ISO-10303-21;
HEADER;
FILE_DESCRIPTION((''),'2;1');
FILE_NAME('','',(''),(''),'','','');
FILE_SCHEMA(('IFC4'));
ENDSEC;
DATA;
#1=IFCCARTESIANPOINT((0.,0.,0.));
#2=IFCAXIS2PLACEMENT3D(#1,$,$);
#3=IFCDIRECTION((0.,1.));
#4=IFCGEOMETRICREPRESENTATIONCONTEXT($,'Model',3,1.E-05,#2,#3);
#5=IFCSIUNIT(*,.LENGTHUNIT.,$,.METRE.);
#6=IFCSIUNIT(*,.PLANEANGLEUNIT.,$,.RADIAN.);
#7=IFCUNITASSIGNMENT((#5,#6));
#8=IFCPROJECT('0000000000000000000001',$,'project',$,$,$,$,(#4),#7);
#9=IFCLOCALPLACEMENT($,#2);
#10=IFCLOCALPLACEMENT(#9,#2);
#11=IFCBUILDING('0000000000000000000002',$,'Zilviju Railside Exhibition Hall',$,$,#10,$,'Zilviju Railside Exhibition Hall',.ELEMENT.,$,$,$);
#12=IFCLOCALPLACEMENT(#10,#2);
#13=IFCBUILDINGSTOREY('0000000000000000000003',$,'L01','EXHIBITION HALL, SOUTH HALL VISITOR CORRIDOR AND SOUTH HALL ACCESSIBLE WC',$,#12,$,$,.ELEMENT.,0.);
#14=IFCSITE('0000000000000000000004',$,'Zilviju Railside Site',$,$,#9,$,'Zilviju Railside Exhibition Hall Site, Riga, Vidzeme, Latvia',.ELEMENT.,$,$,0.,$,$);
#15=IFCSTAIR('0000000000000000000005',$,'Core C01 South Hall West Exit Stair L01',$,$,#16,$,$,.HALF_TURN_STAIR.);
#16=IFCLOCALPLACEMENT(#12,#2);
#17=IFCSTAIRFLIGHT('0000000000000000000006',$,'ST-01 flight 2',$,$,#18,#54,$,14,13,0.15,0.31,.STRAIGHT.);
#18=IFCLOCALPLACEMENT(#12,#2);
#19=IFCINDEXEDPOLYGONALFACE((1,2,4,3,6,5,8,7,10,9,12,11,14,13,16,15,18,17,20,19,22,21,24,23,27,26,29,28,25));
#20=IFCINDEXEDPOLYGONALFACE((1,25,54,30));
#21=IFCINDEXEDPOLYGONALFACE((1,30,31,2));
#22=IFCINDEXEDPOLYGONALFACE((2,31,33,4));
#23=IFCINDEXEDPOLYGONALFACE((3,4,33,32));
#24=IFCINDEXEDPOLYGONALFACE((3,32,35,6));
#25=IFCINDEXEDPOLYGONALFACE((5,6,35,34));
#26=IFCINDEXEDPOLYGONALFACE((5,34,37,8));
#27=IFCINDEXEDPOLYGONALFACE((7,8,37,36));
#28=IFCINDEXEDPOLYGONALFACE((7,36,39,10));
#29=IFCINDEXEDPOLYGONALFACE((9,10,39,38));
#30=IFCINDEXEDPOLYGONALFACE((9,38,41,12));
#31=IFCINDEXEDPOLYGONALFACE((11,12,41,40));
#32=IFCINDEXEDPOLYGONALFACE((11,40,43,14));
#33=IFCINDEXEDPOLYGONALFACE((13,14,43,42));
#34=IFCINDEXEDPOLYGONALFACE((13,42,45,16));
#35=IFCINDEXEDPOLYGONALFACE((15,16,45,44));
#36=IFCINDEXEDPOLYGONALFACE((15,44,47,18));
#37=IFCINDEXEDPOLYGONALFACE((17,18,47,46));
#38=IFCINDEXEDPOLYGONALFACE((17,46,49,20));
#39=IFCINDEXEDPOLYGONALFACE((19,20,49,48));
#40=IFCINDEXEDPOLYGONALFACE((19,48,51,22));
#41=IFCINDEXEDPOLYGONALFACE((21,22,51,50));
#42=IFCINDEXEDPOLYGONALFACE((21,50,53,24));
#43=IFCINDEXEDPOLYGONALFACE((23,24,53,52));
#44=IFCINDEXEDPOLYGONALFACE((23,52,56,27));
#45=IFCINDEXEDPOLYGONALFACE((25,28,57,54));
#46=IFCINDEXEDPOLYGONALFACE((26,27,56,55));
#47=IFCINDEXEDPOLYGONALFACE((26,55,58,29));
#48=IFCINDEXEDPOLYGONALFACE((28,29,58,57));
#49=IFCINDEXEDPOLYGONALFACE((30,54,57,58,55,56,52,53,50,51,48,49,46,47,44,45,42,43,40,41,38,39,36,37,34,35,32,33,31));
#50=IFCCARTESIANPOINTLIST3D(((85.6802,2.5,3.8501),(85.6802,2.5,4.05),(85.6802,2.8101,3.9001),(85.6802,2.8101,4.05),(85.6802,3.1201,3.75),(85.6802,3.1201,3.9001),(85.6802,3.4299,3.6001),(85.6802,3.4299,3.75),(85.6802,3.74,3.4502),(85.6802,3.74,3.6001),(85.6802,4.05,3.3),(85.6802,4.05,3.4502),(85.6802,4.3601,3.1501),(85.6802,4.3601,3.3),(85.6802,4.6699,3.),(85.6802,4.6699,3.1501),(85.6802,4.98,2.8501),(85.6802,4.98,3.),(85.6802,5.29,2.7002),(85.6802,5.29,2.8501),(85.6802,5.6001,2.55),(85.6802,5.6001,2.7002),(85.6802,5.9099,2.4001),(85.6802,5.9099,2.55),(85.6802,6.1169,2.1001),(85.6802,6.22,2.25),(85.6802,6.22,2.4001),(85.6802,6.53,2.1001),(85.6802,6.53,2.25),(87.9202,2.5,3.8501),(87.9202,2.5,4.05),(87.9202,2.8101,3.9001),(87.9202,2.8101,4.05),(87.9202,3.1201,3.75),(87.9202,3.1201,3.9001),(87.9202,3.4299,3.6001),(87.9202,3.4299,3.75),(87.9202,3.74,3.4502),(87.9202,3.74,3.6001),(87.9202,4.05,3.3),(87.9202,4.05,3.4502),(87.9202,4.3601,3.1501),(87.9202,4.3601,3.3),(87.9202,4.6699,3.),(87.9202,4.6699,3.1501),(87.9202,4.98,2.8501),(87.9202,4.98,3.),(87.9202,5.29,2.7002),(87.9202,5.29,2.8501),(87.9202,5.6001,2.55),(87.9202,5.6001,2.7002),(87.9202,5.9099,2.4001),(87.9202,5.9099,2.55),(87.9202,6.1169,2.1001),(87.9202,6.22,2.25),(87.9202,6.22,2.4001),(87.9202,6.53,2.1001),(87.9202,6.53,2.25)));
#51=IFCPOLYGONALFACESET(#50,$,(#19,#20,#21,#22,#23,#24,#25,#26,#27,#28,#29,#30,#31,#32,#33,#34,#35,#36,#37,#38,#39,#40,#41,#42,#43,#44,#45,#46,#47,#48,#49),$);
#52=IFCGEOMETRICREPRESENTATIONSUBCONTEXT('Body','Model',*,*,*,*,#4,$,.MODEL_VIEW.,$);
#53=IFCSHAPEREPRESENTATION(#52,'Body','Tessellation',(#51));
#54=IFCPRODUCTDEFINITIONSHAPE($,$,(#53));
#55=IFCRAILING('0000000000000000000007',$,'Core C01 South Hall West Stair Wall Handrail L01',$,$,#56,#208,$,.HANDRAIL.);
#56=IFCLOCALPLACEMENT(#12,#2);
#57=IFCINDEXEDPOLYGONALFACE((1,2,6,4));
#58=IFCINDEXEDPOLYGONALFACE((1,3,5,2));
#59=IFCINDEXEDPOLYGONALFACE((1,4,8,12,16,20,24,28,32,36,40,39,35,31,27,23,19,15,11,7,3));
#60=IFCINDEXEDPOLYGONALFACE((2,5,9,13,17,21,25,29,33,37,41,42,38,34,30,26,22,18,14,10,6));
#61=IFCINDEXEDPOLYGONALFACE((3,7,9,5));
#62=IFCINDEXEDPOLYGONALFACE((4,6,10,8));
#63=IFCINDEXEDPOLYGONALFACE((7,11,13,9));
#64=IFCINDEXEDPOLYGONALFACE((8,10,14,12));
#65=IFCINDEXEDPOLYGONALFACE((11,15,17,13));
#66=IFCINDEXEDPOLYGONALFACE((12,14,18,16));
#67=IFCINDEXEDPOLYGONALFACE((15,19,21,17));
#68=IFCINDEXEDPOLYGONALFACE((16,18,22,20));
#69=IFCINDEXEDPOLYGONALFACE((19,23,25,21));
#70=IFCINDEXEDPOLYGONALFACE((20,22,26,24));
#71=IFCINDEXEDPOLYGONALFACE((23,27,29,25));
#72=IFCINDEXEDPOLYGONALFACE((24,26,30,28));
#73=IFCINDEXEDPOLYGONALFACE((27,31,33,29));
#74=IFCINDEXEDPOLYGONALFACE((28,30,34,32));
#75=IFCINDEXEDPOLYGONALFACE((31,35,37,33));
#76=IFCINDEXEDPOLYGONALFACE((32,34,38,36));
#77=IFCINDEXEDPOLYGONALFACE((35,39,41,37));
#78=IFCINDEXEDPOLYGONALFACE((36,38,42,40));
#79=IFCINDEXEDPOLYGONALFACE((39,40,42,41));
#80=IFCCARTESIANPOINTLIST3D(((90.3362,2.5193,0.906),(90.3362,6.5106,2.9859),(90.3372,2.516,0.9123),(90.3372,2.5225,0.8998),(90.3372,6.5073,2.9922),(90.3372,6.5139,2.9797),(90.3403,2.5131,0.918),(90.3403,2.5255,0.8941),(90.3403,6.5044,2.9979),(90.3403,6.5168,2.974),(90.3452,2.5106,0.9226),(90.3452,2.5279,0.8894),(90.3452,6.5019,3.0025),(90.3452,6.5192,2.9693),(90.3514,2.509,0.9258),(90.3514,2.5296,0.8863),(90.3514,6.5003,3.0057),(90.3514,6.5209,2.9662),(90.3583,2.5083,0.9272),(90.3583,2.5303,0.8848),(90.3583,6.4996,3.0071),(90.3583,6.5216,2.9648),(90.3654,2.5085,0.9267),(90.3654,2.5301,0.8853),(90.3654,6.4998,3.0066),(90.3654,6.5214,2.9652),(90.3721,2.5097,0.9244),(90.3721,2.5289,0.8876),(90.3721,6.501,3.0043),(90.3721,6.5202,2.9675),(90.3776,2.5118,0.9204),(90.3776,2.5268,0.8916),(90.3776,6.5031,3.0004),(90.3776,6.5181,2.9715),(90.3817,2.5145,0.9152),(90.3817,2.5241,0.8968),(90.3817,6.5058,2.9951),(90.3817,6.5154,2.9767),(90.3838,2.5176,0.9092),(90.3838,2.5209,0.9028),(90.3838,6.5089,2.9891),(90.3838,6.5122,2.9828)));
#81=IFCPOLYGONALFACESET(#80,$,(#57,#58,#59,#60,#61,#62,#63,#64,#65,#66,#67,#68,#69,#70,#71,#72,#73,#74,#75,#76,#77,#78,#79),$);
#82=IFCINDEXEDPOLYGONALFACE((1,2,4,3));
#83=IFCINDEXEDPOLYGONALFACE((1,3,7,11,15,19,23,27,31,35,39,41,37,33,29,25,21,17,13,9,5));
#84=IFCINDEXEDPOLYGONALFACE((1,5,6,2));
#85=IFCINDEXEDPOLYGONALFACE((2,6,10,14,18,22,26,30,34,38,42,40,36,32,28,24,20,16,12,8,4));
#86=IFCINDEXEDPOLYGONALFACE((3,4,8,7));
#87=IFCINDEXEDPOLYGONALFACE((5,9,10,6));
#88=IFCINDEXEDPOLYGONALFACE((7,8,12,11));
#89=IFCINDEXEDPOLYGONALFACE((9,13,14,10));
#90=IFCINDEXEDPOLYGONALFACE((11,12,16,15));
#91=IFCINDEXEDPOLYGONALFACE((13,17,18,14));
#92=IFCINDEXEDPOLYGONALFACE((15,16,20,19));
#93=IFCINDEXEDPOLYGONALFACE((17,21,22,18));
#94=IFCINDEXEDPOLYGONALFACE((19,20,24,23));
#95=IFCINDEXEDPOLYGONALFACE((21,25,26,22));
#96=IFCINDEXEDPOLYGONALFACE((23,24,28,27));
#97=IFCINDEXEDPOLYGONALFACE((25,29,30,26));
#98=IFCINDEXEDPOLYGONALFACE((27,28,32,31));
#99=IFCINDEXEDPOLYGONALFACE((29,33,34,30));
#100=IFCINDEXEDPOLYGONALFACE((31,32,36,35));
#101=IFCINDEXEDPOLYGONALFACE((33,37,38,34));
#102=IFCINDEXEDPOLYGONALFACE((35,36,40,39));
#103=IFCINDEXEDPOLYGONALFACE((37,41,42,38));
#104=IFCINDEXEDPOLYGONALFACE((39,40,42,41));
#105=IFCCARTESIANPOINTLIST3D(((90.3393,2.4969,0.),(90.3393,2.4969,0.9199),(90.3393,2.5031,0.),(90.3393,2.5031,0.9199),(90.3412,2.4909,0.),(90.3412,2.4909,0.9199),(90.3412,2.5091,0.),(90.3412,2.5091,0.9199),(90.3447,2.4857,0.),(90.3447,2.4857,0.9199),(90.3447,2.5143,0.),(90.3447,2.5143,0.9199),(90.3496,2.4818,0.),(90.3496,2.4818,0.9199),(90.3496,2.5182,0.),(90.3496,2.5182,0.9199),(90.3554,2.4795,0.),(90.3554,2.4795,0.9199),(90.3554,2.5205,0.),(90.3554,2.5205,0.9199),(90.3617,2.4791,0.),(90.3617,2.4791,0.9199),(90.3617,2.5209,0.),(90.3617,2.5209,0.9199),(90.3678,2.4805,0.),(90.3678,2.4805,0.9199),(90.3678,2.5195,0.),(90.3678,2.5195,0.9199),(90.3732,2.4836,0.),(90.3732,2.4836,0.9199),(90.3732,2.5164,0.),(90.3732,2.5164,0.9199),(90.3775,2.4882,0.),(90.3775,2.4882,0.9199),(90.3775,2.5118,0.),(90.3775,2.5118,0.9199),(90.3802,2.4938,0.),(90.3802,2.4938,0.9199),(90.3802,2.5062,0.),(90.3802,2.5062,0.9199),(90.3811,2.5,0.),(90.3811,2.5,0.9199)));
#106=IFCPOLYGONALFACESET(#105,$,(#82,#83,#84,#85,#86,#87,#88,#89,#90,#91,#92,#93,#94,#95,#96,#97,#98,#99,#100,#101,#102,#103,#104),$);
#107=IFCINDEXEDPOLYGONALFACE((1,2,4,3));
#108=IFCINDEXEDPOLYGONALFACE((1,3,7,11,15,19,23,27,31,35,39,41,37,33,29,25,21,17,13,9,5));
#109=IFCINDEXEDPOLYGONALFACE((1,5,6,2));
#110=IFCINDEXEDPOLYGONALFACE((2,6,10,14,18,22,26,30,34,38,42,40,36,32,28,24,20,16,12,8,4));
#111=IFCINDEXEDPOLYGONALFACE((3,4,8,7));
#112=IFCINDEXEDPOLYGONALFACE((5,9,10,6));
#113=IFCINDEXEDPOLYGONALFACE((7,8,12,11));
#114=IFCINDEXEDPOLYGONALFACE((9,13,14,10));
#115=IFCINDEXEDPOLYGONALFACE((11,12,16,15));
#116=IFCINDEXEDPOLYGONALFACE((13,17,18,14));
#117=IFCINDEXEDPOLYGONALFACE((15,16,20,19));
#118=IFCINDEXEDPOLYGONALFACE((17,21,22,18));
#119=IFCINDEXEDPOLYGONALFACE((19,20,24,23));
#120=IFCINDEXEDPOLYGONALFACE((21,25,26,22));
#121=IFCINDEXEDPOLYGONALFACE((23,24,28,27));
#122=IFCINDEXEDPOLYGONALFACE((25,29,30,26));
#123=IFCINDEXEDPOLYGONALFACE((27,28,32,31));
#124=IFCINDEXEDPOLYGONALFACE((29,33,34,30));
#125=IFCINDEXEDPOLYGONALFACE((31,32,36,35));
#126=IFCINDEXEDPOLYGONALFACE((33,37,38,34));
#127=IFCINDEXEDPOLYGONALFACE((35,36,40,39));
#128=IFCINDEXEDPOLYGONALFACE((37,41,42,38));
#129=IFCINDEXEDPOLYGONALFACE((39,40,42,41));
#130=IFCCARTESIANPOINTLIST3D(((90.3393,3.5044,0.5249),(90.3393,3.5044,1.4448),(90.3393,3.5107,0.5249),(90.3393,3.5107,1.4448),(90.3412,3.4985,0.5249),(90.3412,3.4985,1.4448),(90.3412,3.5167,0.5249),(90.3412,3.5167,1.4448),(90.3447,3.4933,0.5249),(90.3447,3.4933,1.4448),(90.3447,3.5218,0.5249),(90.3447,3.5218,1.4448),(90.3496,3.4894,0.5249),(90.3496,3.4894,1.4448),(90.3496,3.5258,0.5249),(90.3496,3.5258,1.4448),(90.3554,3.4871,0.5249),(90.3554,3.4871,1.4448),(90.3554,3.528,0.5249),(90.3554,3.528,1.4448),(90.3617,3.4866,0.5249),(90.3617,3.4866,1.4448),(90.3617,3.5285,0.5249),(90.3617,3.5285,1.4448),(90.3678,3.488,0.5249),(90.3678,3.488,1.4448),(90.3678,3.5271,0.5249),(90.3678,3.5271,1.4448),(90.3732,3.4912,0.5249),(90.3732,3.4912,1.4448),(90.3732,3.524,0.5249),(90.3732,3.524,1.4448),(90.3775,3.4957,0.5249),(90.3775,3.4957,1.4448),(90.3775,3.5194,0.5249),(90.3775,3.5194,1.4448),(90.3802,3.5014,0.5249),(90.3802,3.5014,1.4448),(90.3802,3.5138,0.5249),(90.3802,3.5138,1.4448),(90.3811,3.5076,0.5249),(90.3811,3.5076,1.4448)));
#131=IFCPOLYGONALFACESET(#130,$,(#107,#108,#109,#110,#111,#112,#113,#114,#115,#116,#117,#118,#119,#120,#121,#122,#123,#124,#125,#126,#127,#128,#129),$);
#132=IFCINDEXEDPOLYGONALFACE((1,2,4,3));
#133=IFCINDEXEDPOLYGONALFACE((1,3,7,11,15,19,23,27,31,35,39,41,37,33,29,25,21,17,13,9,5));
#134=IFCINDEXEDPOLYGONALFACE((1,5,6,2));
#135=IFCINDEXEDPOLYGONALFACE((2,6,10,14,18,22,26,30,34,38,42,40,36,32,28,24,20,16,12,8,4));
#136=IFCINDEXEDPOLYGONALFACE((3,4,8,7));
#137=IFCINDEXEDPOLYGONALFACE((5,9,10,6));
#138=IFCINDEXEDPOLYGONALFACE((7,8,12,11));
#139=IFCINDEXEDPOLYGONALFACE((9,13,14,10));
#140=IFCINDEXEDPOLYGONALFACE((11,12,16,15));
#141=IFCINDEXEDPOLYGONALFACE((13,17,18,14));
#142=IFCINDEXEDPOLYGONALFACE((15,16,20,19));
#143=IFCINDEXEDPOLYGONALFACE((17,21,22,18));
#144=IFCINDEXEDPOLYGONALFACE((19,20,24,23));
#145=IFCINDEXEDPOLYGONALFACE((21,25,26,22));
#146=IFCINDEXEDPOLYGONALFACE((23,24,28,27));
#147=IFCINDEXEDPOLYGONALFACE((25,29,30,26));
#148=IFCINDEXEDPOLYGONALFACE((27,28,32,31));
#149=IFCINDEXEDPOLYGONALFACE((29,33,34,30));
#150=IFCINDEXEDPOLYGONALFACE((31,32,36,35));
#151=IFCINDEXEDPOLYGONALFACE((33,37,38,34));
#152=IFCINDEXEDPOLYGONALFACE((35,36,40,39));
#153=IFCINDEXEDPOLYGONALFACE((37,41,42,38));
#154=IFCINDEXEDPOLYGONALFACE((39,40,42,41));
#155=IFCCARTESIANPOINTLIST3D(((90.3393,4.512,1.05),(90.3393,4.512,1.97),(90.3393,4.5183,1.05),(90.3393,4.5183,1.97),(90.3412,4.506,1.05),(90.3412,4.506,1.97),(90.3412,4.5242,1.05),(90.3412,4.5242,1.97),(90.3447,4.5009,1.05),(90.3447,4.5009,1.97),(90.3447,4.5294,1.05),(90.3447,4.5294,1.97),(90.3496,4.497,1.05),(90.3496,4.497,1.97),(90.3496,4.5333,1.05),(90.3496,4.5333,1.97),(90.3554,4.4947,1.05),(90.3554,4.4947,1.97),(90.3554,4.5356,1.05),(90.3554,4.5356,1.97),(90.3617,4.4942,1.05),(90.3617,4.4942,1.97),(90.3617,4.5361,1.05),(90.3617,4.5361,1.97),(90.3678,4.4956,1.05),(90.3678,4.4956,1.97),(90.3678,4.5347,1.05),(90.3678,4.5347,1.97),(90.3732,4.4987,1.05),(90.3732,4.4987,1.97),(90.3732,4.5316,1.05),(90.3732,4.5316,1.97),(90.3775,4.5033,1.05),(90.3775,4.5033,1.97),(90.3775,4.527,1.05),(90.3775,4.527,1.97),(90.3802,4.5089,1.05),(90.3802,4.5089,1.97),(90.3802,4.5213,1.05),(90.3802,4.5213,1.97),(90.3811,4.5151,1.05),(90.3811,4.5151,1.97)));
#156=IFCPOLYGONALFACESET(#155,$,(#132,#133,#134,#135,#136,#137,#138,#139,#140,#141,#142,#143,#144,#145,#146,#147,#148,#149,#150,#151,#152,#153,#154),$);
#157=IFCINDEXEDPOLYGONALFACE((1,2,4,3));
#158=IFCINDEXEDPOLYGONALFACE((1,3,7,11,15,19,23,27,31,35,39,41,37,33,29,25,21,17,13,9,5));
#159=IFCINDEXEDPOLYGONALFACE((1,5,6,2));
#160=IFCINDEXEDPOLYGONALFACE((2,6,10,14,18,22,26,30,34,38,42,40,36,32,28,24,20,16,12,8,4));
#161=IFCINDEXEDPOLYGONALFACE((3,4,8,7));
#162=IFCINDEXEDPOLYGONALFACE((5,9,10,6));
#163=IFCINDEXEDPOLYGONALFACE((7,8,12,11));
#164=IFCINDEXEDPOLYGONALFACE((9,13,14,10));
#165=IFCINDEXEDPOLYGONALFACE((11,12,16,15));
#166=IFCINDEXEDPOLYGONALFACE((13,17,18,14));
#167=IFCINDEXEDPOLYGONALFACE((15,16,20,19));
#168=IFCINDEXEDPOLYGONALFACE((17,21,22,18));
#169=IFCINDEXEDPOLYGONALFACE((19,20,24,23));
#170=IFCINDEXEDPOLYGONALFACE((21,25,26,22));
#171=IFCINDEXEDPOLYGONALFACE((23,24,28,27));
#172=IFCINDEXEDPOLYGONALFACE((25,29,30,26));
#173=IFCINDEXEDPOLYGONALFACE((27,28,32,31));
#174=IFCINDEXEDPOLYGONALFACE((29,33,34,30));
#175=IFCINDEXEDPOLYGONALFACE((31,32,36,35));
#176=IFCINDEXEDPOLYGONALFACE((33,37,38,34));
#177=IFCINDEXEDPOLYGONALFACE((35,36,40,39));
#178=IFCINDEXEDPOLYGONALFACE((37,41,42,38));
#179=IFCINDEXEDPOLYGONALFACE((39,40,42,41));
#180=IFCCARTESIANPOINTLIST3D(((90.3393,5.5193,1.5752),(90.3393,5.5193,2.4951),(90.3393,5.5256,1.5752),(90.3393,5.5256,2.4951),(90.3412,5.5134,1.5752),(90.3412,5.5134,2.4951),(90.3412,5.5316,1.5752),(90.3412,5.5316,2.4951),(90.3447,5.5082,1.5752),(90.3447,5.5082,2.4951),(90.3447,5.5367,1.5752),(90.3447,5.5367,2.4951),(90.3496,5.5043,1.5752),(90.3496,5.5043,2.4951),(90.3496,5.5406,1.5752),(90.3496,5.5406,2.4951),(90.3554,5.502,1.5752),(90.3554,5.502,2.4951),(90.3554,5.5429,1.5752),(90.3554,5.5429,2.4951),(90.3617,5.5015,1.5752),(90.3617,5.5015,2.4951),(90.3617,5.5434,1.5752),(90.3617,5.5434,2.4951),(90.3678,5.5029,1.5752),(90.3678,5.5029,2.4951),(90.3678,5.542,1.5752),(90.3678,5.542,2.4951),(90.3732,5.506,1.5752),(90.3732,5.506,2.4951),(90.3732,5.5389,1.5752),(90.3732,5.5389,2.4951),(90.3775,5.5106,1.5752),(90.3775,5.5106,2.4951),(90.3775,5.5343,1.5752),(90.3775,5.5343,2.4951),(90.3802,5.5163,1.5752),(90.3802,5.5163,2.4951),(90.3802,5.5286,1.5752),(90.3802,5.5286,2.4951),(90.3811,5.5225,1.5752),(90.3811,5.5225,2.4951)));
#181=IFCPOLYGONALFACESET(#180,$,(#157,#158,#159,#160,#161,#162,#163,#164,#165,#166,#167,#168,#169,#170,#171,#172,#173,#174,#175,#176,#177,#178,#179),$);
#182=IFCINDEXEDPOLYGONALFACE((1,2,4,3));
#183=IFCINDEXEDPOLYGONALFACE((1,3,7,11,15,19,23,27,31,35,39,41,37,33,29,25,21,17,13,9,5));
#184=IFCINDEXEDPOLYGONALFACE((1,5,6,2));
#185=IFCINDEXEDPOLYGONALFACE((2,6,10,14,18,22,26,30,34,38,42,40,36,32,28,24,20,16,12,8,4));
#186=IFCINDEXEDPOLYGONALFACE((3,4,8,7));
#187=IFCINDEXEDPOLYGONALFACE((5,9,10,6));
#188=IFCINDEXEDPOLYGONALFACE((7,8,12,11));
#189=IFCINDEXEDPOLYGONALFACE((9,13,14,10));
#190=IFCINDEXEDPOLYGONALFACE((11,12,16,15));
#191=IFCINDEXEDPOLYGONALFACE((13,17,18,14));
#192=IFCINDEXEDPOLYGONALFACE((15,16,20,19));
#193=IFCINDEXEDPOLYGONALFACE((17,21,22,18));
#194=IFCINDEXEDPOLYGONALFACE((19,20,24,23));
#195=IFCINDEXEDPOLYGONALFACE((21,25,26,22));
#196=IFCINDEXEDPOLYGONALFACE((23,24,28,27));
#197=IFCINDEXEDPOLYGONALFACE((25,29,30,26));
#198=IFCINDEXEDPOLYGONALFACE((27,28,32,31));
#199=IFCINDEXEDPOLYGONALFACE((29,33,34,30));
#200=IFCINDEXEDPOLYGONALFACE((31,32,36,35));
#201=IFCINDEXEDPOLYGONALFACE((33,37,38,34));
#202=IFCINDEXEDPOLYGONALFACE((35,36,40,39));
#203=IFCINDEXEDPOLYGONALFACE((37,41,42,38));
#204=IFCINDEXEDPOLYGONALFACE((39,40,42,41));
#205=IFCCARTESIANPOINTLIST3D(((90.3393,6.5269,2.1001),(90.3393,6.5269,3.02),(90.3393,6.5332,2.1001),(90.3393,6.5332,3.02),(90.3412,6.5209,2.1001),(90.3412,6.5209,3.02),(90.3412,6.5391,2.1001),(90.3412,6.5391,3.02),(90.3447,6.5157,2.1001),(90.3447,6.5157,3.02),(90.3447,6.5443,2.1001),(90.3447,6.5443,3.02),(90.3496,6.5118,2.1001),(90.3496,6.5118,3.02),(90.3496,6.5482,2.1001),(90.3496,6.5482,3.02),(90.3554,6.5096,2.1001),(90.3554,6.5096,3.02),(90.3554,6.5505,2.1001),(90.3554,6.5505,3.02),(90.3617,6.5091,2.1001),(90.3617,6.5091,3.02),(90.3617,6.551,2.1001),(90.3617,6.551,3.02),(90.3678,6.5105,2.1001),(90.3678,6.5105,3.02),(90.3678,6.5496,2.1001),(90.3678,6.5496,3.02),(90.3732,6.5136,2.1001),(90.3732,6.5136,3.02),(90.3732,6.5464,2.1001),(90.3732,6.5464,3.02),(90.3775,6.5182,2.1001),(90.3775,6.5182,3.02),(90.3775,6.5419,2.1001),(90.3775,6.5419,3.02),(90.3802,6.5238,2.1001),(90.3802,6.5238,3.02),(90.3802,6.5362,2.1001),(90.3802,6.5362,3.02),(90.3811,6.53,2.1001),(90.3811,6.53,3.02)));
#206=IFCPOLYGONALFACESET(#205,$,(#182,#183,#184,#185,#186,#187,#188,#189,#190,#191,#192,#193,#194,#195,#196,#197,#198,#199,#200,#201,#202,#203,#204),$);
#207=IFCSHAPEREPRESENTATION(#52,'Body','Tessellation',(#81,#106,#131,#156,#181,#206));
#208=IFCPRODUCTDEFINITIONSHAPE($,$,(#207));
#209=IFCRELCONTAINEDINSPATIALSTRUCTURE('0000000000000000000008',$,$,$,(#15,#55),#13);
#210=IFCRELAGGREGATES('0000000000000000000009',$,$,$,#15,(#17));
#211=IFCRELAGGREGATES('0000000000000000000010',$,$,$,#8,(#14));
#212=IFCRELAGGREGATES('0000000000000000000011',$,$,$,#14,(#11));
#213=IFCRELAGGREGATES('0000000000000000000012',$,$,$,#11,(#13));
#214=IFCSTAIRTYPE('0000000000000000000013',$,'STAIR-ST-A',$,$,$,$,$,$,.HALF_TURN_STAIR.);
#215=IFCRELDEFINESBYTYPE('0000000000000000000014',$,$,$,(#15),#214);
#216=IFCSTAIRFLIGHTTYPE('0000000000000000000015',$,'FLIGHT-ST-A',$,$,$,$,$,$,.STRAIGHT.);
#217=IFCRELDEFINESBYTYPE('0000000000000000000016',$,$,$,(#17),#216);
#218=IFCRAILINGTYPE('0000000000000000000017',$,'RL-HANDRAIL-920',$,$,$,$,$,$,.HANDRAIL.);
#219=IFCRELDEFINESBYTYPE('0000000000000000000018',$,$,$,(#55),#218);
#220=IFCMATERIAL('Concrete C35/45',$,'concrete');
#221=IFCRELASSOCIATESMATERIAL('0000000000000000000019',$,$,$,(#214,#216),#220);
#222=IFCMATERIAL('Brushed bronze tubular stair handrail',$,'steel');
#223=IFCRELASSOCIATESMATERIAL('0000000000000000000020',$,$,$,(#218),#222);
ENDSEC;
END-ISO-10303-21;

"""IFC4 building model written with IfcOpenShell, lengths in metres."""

from ifc_helpers import new_model, si_unit, direction, frame, origin, origin_2d, place, context, subcontext, project, spatial, polyline, circle, outline, extrude, material, type_object, element, aggregate, save


model = new_model("IFC4")

# Units and contexts
model_context = context("Model", 3, precision=1e-05, world=origin(), true_north=direction((0.0, 1.0)))
body_context = subcontext(model_context, "Body", "Model", "MODEL_VIEW")
ifc_project = project(units=[si_unit("LENGTHUNIT", "METRE"), si_unit("PLANEANGLEUNIT", "RADIAN")], contexts=[model_context])

# Site, building, storey
site_placement = place(None, origin())
site = spatial("IfcSite", under=ifc_project, at=site_placement, Name="Zilviju Railside Site", LongName="Zilviju Railside Exhibition Hall Site, Riga, Vidzeme, Latvia", CompositionType="ELEMENT", RefElevation=0.0)
building_placement = place(site_placement, origin())
building = spatial("IfcBuilding", under=site, at=building_placement, Name="Zilviju Railside Exhibition Hall", LongName="Zilviju Railside Exhibition Hall", CompositionType="ELEMENT")
storey_placement = place(building_placement, origin())
storey = spatial("IfcBuildingStorey", under=building, at=storey_placement, Name="L01", Description="EXHIBITION HALL, SOUTH HALL VISITOR CORRIDOR AND SOUTH HALL ACCESSIBLE WC", CompositionType="ELEMENT", Elevation=0.0)

# Shared definitions
ifc_material_1 = material(Name="Concrete C35/45", Category="concrete")

# Stair, stair flight
stair_type = type_object("IfcStairType", Name="STAIR-ST-A", PredefinedType="HALF_TURN_STAIR", material=ifc_material_1)
stair_placement = place(storey_placement, origin())
stair = element("IfcStair", 1, at=stair_placement, inside=storey, type_object=stair_type, Name="Core C01 South Hall West Exit Stair L01", PredefinedType="HALF_TURN_STAIR")
stair_flight_type = type_object("IfcStairFlightType", Name="FLIGHT-ST-A", PredefinedType="STRAIGHT", material=ifc_material_1)
stair_flight_1_placement = place(storey_placement, frame((86.8, 6.53, 2.1001), z_axis=(0.0, 0.0, 1.0), x_axis=(0.0, -1.0, 0.0)))
stair_flight_1 = element("IfcStairFlight", 2, at=stair_flight_1_placement, type_object=stair_flight_type, Name="ST-01 flight 2", NumberOfRisers=14, NumberOfTreads=13, PredefinedType="STRAIGHT", RiserHeight=0.15, TreadLength=0.31, context=body_context, shape_type="SweptSolid", body=[
    extrude(outline(polyline([(0.0, 0.0), (0.0, 0.1499), (0.3101, 0.1499), (0.3101, 0.3), (0.6201, 0.3), (0.6201, 0.45), (0.9299, 0.45), (0.9299, 0.6001), (1.24, 0.6001), (1.24, 0.75), (1.55, 0.75), (1.55, 0.8999), (1.8601, 0.8999), (1.8601, 1.05), (2.1699, 1.05), (2.1699, 1.2), (2.48, 1.2), (2.48, 1.3501), (2.79, 1.3501), (2.79, 1.5), (3.1001, 1.5), (3.1001, 1.6499), (3.4099, 1.6499), (3.4099, 1.8), (3.72, 1.8), (3.72, 1.95), (4.03, 1.95), (4.03, 2.1001), (4.03, 1.75), (0.4131, 0.0), (0.0, 0.0)])), frame((0.0, 1.1201, 0.0), z_axis=(0.0, -1.0, 0.0), x_axis=(1.0, 0.0, 0.0)), (0.0, 0.0, 1.0), 2.24),
])
aggregate(stair, [stair_flight_1])

# Railing
ifc_material_2 = material(Name="Brushed bronze tubular stair handrail", Category="steel")
railing_type_1 = type_object("IfcRailingType", Name="RL-HANDRAIL-920", PredefinedType="HANDRAIL", material=ifc_material_2)
railing_1_placement = place(storey_placement, frame((90.3601, 2.5, 0.0)))
element("IfcRailing", 3, at=railing_1_placement, inside=storey, type_object=railing_type_1, Name="Core C01 South Hall West Stair Wall Handrail L01", PredefinedType="HANDRAIL", context=body_context, shape_type="SweptSolid", body=[
    extrude(circle(Radius=0.0239, at=origin_2d()), frame((0.0, 0.0193, 0.906), z_axis=(0.0, 0.886813, 0.462129), x_axis=(-1.0, 0.0, 0.0)), (0.0, 0.0, 1.0), 4.5007),
    extrude(circle(Radius=0.021, at=origin_2d()), origin(), (0.0, 0.0, 1.0), 0.9199),
    extrude(circle(Radius=0.021, at=origin_2d()), frame((0.0, 1.0076, 0.5249)), (0.0, 0.0, 1.0), 0.9199),
    extrude(circle(Radius=0.021, at=origin_2d()), frame((0.0, 2.0151, 1.05)), (0.0, 0.0, 1.0), 0.9199),
    extrude(circle(Radius=0.021, at=origin_2d()), frame((0.0, 3.0225, 1.5752)), (0.0, 0.0, 1.0), 0.9199),
    extrude(circle(Radius=0.021, at=origin_2d()), frame((0.0, 4.03, 2.1001)), (0.0, 0.0, 1.0), 0.9199),
])

save(model, "model.ifc")
